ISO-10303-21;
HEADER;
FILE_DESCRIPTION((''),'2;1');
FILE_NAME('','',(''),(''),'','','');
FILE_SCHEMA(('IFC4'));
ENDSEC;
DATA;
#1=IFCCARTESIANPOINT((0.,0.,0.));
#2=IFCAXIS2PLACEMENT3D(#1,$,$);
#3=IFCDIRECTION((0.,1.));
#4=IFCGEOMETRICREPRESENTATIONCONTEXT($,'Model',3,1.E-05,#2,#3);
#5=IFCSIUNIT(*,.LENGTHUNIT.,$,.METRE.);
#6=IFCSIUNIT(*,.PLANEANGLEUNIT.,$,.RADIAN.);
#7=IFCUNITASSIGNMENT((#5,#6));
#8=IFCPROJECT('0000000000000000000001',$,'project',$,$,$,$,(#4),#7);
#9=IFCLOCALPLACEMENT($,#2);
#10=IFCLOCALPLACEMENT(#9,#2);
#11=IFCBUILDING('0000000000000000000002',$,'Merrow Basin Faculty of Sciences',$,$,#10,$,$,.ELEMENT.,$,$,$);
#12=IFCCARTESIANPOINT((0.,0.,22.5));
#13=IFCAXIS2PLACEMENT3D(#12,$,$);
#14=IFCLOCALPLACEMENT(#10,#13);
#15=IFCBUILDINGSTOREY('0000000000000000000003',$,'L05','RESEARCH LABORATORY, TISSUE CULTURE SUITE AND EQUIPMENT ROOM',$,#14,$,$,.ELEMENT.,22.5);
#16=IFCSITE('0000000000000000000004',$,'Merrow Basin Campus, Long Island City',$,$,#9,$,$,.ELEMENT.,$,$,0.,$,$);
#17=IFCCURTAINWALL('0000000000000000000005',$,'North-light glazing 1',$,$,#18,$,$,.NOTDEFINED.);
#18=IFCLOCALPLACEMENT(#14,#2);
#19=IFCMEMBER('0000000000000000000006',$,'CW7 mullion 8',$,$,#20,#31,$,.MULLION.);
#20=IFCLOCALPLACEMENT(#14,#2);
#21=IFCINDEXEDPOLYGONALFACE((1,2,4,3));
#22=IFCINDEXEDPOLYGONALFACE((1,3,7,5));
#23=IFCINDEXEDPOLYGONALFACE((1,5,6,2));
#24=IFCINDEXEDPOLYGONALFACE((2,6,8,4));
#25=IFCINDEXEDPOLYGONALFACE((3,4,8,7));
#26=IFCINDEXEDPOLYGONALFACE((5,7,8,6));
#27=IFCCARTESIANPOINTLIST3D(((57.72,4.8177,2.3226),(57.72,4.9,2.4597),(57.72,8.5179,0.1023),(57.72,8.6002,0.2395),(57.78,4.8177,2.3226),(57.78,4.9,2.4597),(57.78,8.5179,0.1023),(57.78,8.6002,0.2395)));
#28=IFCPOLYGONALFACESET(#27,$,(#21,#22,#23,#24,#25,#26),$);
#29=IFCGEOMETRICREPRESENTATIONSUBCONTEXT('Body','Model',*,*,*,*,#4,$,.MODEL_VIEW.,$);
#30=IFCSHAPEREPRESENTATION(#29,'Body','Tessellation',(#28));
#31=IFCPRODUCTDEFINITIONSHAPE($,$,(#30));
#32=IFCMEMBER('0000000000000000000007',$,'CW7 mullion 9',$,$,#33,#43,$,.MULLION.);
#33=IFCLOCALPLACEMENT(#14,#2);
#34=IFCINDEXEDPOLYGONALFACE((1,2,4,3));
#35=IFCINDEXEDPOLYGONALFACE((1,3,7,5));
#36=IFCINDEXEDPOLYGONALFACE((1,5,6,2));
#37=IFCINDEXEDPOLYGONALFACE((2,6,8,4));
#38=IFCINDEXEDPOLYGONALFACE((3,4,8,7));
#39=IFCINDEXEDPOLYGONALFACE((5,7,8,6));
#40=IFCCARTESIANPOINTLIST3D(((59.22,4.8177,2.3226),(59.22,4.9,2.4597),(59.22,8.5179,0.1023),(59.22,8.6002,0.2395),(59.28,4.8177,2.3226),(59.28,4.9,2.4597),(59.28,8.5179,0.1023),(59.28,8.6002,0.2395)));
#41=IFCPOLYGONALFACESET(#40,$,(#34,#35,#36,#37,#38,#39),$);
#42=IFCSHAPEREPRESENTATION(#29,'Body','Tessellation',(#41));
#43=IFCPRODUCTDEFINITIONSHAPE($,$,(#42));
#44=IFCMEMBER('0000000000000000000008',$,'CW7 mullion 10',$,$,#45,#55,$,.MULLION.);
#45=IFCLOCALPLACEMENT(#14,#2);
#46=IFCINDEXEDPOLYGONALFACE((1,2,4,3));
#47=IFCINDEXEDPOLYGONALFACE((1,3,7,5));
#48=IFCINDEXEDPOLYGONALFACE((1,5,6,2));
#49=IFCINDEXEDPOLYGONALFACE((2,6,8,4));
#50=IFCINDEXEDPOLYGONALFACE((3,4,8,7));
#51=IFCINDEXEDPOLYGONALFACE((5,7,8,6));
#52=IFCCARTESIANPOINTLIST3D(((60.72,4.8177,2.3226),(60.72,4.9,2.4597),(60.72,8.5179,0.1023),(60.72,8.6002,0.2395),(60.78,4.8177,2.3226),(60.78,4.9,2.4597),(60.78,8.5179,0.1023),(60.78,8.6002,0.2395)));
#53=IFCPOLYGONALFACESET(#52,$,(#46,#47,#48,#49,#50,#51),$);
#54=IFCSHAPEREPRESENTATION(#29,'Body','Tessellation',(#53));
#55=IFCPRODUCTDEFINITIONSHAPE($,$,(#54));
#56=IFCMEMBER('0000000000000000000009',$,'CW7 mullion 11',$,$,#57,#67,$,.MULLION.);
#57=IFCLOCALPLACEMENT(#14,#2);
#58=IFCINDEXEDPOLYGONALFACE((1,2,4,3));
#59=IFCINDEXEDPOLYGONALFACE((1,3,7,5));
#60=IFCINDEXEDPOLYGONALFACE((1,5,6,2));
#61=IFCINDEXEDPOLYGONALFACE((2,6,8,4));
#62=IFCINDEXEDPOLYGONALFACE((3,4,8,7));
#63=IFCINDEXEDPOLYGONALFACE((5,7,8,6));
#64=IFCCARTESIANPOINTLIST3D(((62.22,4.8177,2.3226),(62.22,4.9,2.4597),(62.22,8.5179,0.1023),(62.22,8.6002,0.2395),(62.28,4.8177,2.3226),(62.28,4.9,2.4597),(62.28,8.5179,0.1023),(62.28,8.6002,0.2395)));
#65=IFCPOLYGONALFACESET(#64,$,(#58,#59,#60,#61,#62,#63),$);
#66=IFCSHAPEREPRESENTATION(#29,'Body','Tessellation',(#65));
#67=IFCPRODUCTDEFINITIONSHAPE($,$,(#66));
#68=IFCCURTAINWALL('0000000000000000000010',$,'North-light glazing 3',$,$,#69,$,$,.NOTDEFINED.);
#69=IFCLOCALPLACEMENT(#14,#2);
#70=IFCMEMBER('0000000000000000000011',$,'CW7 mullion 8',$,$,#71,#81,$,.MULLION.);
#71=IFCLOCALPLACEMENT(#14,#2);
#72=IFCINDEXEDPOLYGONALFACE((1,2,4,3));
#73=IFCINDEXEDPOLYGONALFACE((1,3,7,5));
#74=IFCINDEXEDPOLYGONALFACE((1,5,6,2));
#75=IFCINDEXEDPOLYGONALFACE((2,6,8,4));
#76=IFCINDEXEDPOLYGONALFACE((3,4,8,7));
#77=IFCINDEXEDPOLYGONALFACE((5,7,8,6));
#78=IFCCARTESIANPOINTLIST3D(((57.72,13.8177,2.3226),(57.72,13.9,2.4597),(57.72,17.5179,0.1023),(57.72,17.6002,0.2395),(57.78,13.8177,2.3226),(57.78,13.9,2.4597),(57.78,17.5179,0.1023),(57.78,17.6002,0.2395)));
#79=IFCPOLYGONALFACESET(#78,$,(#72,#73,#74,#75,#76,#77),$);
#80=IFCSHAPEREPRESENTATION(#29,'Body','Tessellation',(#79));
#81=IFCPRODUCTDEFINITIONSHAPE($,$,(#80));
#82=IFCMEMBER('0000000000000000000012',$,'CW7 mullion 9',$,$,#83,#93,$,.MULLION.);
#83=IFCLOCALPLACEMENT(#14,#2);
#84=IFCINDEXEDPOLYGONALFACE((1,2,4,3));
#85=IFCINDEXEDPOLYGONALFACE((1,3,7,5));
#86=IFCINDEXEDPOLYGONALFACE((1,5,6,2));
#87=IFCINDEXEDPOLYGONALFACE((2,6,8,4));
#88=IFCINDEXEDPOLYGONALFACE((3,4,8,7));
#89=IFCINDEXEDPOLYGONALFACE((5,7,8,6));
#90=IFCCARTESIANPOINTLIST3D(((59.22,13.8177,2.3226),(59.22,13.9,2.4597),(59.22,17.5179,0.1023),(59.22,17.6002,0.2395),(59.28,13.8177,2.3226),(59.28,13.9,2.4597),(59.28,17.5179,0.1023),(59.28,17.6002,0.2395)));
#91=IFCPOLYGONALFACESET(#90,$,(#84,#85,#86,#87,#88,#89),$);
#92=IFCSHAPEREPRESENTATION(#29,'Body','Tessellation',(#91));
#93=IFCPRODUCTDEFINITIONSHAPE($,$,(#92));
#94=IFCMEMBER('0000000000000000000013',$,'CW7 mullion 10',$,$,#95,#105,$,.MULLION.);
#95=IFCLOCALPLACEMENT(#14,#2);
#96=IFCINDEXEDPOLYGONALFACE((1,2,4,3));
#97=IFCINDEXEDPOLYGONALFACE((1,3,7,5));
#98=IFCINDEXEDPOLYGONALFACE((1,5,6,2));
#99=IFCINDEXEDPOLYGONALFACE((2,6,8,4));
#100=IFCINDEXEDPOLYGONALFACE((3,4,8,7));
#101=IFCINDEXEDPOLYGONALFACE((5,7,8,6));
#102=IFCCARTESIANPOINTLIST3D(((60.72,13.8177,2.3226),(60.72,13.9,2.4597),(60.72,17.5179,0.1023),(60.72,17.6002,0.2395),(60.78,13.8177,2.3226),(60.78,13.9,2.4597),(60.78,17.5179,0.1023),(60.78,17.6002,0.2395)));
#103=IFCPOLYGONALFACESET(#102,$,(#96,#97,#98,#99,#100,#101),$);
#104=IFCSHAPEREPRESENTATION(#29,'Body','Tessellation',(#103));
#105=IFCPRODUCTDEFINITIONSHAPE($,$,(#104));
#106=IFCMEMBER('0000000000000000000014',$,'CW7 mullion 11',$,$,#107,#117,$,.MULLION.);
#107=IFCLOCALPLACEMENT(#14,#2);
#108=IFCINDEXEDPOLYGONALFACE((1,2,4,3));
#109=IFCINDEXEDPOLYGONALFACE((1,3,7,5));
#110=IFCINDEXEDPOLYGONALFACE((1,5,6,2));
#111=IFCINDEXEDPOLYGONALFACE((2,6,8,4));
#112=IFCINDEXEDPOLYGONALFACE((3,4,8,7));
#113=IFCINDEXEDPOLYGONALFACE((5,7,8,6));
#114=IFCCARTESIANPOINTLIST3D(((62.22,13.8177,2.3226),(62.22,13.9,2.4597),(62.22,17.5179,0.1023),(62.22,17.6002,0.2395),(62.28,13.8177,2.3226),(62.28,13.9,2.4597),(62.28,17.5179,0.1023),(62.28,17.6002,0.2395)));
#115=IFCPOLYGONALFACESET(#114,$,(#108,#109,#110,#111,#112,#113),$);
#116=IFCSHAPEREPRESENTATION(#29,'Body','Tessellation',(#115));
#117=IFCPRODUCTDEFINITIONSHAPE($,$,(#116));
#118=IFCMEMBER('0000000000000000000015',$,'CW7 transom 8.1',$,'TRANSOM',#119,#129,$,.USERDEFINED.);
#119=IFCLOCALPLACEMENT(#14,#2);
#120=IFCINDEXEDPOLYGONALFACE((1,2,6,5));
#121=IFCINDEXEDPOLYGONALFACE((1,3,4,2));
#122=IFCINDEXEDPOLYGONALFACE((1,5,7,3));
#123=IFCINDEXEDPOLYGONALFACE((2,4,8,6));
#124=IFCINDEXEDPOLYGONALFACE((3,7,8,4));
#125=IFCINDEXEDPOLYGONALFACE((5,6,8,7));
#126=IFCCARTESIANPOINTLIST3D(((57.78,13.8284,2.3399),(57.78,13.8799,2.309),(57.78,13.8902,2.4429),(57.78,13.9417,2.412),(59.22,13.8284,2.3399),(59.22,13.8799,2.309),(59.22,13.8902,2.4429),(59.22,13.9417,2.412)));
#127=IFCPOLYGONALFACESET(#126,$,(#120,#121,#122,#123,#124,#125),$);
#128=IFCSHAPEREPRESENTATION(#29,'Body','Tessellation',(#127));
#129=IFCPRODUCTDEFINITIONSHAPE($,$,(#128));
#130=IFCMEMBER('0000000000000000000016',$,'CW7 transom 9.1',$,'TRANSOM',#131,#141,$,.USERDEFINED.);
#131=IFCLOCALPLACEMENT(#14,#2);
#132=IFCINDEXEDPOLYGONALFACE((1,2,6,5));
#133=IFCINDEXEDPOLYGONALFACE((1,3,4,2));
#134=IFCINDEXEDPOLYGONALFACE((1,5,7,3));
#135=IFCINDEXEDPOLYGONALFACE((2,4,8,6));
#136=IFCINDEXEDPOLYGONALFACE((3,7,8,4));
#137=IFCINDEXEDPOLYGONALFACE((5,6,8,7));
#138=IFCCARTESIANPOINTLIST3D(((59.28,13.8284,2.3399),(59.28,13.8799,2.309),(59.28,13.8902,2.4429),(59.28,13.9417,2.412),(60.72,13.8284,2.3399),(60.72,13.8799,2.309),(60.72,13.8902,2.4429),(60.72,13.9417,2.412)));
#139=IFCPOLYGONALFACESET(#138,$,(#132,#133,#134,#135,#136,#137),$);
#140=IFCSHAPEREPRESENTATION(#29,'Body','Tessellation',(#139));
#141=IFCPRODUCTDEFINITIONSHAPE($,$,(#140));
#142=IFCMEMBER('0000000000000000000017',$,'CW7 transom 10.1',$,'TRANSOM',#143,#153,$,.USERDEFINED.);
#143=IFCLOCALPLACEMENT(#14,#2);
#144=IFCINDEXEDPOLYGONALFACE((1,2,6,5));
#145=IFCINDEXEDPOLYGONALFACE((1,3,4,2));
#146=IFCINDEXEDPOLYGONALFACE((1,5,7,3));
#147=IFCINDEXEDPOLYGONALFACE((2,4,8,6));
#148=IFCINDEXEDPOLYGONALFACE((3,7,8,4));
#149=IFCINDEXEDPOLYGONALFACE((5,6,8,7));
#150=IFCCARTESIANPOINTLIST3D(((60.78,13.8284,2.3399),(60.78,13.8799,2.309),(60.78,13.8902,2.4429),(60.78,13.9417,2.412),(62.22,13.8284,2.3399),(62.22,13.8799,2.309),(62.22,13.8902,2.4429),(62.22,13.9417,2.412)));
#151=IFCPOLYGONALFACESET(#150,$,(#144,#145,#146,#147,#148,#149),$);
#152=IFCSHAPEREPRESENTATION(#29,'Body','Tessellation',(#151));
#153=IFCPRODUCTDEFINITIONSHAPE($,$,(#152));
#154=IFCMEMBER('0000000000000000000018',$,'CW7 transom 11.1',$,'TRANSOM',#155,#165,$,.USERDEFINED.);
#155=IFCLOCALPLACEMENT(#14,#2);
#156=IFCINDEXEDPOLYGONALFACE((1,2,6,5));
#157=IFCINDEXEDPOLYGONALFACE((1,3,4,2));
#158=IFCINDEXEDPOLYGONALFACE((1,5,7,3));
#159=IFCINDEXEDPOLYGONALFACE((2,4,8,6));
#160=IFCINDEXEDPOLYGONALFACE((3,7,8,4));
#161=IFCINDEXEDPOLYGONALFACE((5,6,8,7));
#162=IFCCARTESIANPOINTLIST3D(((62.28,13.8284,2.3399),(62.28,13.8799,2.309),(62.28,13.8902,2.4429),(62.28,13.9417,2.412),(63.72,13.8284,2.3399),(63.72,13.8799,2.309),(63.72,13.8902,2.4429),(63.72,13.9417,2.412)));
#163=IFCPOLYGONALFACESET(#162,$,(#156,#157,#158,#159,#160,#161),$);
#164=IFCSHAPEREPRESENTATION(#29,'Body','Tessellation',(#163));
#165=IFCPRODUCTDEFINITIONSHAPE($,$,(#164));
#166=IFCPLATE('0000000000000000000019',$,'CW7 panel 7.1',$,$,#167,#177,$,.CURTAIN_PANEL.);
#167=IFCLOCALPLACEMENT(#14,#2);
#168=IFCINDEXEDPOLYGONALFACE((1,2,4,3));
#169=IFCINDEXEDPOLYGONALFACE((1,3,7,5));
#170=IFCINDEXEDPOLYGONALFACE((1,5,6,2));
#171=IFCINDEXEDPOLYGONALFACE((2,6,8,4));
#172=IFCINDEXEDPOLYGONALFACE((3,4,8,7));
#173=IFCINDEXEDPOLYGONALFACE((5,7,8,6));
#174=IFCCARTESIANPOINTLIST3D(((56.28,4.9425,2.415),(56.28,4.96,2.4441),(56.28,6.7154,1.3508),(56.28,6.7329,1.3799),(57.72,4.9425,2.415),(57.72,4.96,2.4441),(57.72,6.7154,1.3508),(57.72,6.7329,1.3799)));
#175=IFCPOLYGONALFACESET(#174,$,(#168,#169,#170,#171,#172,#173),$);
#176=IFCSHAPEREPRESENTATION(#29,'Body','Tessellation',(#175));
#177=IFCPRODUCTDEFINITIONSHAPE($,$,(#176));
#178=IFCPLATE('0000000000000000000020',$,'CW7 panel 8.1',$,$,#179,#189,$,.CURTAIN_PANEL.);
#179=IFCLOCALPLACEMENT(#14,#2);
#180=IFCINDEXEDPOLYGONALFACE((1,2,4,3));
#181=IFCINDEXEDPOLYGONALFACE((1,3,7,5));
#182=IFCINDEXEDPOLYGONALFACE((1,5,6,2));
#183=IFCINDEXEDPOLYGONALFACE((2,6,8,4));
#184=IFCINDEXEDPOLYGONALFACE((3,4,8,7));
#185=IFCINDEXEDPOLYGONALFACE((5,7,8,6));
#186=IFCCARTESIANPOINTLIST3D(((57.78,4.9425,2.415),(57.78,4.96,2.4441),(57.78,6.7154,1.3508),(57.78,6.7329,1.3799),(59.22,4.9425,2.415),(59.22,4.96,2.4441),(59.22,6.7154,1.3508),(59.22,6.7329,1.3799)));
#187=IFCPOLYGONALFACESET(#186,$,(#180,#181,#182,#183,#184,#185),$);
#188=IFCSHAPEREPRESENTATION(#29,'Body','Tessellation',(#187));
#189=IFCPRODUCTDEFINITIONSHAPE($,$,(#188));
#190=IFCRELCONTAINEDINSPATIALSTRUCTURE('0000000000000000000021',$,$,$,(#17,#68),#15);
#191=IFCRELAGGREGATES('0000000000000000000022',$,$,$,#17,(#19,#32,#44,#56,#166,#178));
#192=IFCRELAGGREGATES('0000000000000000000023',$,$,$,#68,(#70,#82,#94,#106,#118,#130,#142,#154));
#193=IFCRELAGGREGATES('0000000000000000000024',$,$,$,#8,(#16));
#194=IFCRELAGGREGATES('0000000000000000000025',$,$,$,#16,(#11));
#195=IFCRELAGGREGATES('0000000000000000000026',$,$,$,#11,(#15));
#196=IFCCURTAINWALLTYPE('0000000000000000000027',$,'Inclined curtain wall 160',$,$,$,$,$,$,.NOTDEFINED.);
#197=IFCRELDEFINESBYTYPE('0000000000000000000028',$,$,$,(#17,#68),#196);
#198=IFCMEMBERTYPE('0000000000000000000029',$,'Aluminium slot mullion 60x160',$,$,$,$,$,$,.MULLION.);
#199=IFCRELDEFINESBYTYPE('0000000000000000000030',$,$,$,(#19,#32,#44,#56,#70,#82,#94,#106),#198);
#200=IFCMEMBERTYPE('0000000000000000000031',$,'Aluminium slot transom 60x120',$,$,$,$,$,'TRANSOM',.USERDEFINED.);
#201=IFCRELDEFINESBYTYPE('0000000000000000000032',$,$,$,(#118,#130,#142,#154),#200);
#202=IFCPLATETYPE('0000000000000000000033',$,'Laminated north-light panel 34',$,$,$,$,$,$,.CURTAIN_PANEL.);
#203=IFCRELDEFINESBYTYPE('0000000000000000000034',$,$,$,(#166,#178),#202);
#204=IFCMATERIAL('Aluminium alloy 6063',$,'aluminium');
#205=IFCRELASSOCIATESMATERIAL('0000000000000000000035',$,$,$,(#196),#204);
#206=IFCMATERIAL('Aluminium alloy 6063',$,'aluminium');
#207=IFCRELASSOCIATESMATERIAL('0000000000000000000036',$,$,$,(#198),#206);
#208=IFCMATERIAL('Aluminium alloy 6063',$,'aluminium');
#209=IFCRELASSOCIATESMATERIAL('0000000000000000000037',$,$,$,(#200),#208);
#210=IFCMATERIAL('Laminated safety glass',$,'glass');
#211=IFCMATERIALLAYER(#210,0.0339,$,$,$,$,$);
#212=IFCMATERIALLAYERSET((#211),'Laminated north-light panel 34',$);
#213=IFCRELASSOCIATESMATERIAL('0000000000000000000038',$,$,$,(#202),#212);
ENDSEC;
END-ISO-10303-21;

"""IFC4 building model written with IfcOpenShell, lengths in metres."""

from ifc_helpers import new_model, si_unit, direction, frame, origin, origin_2d, place, context, subcontext, project, spatial, polyline, rectangle, outline, extrude, material, layer, layer_set, material_profile, profile_set, type_object, element, aggregate, save


model = new_model("IFC4")

# Units and contexts
model_context = context("Model", 3, precision=1e-05, world=origin(), true_north=direction((0.0, 1.0)))
body_context = subcontext(model_context, "Body", "Model", "MODEL_VIEW")
ifc_project = project(units=[si_unit("LENGTHUNIT", "METRE"), si_unit("PLANEANGLEUNIT", "RADIAN")], contexts=[model_context])

# Site, building, storey
site_placement = place(None, origin())
site = spatial("IfcSite", under=ifc_project, at=site_placement, Name="Merrow Basin Campus, Long Island City", CompositionType="ELEMENT", RefElevation=0.0)
building_placement = place(site_placement, origin())
building = spatial("IfcBuilding", under=site, at=building_placement, Name="Merrow Basin Faculty of Sciences", CompositionType="ELEMENT")
storey_placement = place(building_placement, frame((0.0, 0.0, 22.5)))
storey = spatial("IfcBuildingStorey", under=building, at=storey_placement, Name="L05", Description="RESEARCH LABORATORY, TISSUE CULTURE SUITE AND EQUIPMENT ROOM", CompositionType="ELEMENT", Elevation=22.5)

# Curtain walls, members
ifc_material_1 = material(Name="Aluminium alloy 6063", Category="aluminium")
curtain_wall_type = type_object("IfcCurtainWallType", Name="Inclined curtain wall 160", PredefinedType="NOTDEFINED", material=ifc_material_1)
curtain_wall_1_placement = place(storey_placement, origin())
curtain_wall_1 = element("IfcCurtainWall", 1, at=curtain_wall_1_placement, inside=storey, type_object=curtain_wall_type, Name="North-light glazing 1", PredefinedType="NOTDEFINED")
ifc_material_2 = material(Name="Aluminium alloy 6063", Category="aluminium")
ifc_material_profile_1 = material_profile(ifc_material_2, rectangle(XDim=0.0601, YDim=0.1599, at=origin_2d()))
ifc_profile_set_1 = profile_set([ifc_material_profile_1], Name="Aluminium alloy 6063")
member_type_1 = type_object("IfcMemberType", Name="Aluminium slot mullion 60x160", PredefinedType="MULLION", material=ifc_profile_set_1)
member_1_placement = place(storey_placement, frame((57.75, 4.8589, 2.3911), z_axis=(0.0, 0.857483, -0.514512), x_axis=(-1.0, 0.0, 0.0)))
member_1 = element("IfcMember", 2, at=member_1_placement, type_object=member_type_1, Name="CW7 mullion 8", PredefinedType="MULLION", context=body_context, shape_type="SweptSolid", body=[
    extrude(rectangle(XDim=0.0601, YDim=0.1599, at=origin_2d()), origin(), (0.0, 0.0, 1.0), 4.3152),
])
member_2_placement = place(storey_placement, frame((59.25, 4.8589, 2.3911), z_axis=(0.0, 0.857483, -0.514512), x_axis=(-1.0, 0.0, 0.0)))
member_2 = element("IfcMember", 3, at=member_2_placement, type_object=member_type_1, Name="CW7 mullion 9", PredefinedType="MULLION", context=body_context, shape_type="SweptSolid", body=[
    extrude(rectangle(XDim=0.0601, YDim=0.1599, at=origin_2d()), origin(), (0.0, 0.0, 1.0), 4.3152),
])
member_3_placement = place(storey_placement, frame((60.75, 4.8589, 2.3911), z_axis=(0.0, 0.857483, -0.514512), x_axis=(-1.0, 0.0, 0.0)))
member_3 = element("IfcMember", 4, at=member_3_placement, type_object=member_type_1, Name="CW7 mullion 10", PredefinedType="MULLION", context=body_context, shape_type="SweptSolid", body=[
    extrude(rectangle(XDim=0.0601, YDim=0.1599, at=origin_2d()), origin(), (0.0, 0.0, 1.0), 4.3152),
])
member_4_placement = place(storey_placement, frame((62.25, 4.8589, 2.3911), z_axis=(0.0, 0.857483, -0.514512), x_axis=(-1.0, 0.0, 0.0)))
member_4 = element("IfcMember", 5, at=member_4_placement, type_object=member_type_1, Name="CW7 mullion 11", PredefinedType="MULLION", context=body_context, shape_type="SweptSolid", body=[
    extrude(rectangle(XDim=0.0601, YDim=0.1599, at=origin_2d()), origin(), (0.0, 0.0, 1.0), 4.3152),
])
curtain_wall_2_placement = place(storey_placement, origin())
curtain_wall_2 = element("IfcCurtainWall", 6, at=curtain_wall_2_placement, inside=storey, type_object=curtain_wall_type, Name="North-light glazing 3", PredefinedType="NOTDEFINED")
member_5_placement = place(storey_placement, frame((57.75, 13.8589, 2.3911), z_axis=(0.0, 0.857483, -0.514512), x_axis=(-1.0, 0.0, 0.0)))
member_5 = element("IfcMember", 7, at=member_5_placement, type_object=member_type_1, Name="CW7 mullion 8", PredefinedType="MULLION", context=body_context, shape_type="SweptSolid", body=[
    extrude(rectangle(XDim=0.0601, YDim=0.1599, at=origin_2d()), origin(), (0.0, 0.0, 1.0), 4.3152),
])
member_6_placement = place(storey_placement, frame((59.25, 13.8589, 2.3911), z_axis=(0.0, 0.857483, -0.514512), x_axis=(-1.0, 0.0, 0.0)))
member_6 = element("IfcMember", 8, at=member_6_placement, type_object=member_type_1, Name="CW7 mullion 9", PredefinedType="MULLION", context=body_context, shape_type="SweptSolid", body=[
    extrude(rectangle(XDim=0.0601, YDim=0.1599, at=origin_2d()), origin(), (0.0, 0.0, 1.0), 4.3152),
])
member_7_placement = place(storey_placement, frame((60.75, 13.8589, 2.3911), z_axis=(0.0, 0.857483, -0.514512), x_axis=(-1.0, 0.0, 0.0)))
member_7 = element("IfcMember", 9, at=member_7_placement, type_object=member_type_1, Name="CW7 mullion 10", PredefinedType="MULLION", context=body_context, shape_type="SweptSolid", body=[
    extrude(rectangle(XDim=0.0601, YDim=0.1599, at=origin_2d()), origin(), (0.0, 0.0, 1.0), 4.3152),
])
member_8_placement = place(storey_placement, frame((62.25, 13.8589, 2.3911), z_axis=(0.0, 0.857483, -0.514512), x_axis=(-1.0, 0.0, 0.0)))
member_8 = element("IfcMember", 10, at=member_8_placement, type_object=member_type_1, Name="CW7 mullion 11", PredefinedType="MULLION", context=body_context, shape_type="SweptSolid", body=[
    extrude(rectangle(XDim=0.0601, YDim=0.1599, at=origin_2d()), origin(), (0.0, 0.0, 1.0), 4.3152),
])
ifc_material_3 = material(Name="Aluminium alloy 6063", Category="aluminium")
ifc_material_profile_2 = material_profile(ifc_material_3, rectangle(XDim=0.0601, YDim=0.1201, at=origin_2d()))
ifc_profile_set_2 = profile_set([ifc_material_profile_2], Name="Aluminium alloy 6063")
member_type_2 = type_object("IfcMemberType", Name="Aluminium slot transom 60x120", ElementType="TRANSOM", PredefinedType="USERDEFINED", material=ifc_profile_set_2)
member_9_placement = place(storey_placement, frame((57.78, 13.885, 2.376), z_axis=(1.0, 0.0, 0.0), x_axis=(0.0, 0.857493, -0.514496)))
member_9 = element("IfcMember", 11, at=member_9_placement, type_object=member_type_2, Name="CW7 transom 8.1", ObjectType="TRANSOM", PredefinedType="USERDEFINED", context=body_context, shape_type="SweptSolid", body=[
    extrude(rectangle(XDim=0.0601, YDim=0.1201, at=origin_2d()), origin(), (0.0, 0.0, 1.0), 1.4399),
])
member_10_placement = place(storey_placement, frame((59.28, 13.885, 2.376), z_axis=(1.0, 0.0, 0.0), x_axis=(0.0, 0.857493, -0.514496)))
member_10 = element("IfcMember", 12, at=member_10_placement, type_object=member_type_2, Name="CW7 transom 9.1", ObjectType="TRANSOM", PredefinedType="USERDEFINED", context=body_context, shape_type="SweptSolid", body=[
    extrude(rectangle(XDim=0.0601, YDim=0.1201, at=origin_2d()), origin(), (0.0, 0.0, 1.0), 1.4399),
])
member_11_placement = place(storey_placement, frame((60.78, 13.885, 2.376), z_axis=(1.0, 0.0, 0.0), x_axis=(0.0, 0.857493, -0.514496)))
member_11 = element("IfcMember", 13, at=member_11_placement, type_object=member_type_2, Name="CW7 transom 10.1", ObjectType="TRANSOM", PredefinedType="USERDEFINED", context=body_context, shape_type="SweptSolid", body=[
    extrude(rectangle(XDim=0.0601, YDim=0.1201, at=origin_2d()), origin(), (0.0, 0.0, 1.0), 1.4399),
])
member_12_placement = place(storey_placement, frame((62.28, 13.885, 2.376), z_axis=(1.0, 0.0, 0.0), x_axis=(0.0, 0.857493, -0.514496)))
member_12 = element("IfcMember", 14, at=member_12_placement, type_object=member_type_2, Name="CW7 transom 11.1", ObjectType="TRANSOM", PredefinedType="USERDEFINED", context=body_context, shape_type="SweptSolid", body=[
    extrude(rectangle(XDim=0.0601, YDim=0.1201, at=origin_2d()), origin(), (0.0, 0.0, 1.0), 1.4399),
])

# Plates
ifc_material_4 = material(Name="Laminated safety glass", Category="glass")
ifc_layer = layer(ifc_material_4, 0.0339)
ifc_layer_set = layer_set([ifc_layer], Name="Laminated north-light panel 34")
plate_type = type_object("IfcPlateType", Name="Laminated north-light panel 34", PredefinedType="CURTAIN_PANEL", material=ifc_layer_set)
plate_1_placement = place(storey_placement, frame((56.28, 4.96, 2.4441), z_axis=(0.0, 0.514652, 0.857399), x_axis=(1.0, 0.0, 0.0)))
plate_1 = element("IfcPlate", 15, at=plate_1_placement, type_object=plate_type, Name="CW7 panel 7.1", PredefinedType="CURTAIN_PANEL", context=body_context, shape_type="SweptSolid", body=[
    extrude(outline(polyline([(0.0, 0.0), (1.4399, 0.0), (1.4399, 2.0678), (0.0, 2.0678), (0.0, 0.0)])), origin(), (0.0, 0.0, -1.0), 0.0339),
])
plate_2_placement = place(storey_placement, frame((57.78, 4.96, 2.4441), z_axis=(0.0, 0.514652, 0.857399), x_axis=(1.0, 0.0, 0.0)))
plate_2 = element("IfcPlate", 16, at=plate_2_placement, type_object=plate_type, Name="CW7 panel 8.1", PredefinedType="CURTAIN_PANEL", context=body_context, shape_type="SweptSolid", body=[
    extrude(outline(polyline([(0.0, 0.0), (1.4399, 0.0), (1.4399, 2.0678), (0.0, 2.0678), (0.0, 0.0)])), origin(), (0.0, 0.0, -1.0), 0.0339),
])
aggregate(curtain_wall_1, [member_1, member_2, member_3, member_4, plate_1, plate_2])
aggregate(curtain_wall_2, [member_5, member_6, member_7, member_8, member_9, member_10, member_11, member_12])

save(model, "model.ifc")
